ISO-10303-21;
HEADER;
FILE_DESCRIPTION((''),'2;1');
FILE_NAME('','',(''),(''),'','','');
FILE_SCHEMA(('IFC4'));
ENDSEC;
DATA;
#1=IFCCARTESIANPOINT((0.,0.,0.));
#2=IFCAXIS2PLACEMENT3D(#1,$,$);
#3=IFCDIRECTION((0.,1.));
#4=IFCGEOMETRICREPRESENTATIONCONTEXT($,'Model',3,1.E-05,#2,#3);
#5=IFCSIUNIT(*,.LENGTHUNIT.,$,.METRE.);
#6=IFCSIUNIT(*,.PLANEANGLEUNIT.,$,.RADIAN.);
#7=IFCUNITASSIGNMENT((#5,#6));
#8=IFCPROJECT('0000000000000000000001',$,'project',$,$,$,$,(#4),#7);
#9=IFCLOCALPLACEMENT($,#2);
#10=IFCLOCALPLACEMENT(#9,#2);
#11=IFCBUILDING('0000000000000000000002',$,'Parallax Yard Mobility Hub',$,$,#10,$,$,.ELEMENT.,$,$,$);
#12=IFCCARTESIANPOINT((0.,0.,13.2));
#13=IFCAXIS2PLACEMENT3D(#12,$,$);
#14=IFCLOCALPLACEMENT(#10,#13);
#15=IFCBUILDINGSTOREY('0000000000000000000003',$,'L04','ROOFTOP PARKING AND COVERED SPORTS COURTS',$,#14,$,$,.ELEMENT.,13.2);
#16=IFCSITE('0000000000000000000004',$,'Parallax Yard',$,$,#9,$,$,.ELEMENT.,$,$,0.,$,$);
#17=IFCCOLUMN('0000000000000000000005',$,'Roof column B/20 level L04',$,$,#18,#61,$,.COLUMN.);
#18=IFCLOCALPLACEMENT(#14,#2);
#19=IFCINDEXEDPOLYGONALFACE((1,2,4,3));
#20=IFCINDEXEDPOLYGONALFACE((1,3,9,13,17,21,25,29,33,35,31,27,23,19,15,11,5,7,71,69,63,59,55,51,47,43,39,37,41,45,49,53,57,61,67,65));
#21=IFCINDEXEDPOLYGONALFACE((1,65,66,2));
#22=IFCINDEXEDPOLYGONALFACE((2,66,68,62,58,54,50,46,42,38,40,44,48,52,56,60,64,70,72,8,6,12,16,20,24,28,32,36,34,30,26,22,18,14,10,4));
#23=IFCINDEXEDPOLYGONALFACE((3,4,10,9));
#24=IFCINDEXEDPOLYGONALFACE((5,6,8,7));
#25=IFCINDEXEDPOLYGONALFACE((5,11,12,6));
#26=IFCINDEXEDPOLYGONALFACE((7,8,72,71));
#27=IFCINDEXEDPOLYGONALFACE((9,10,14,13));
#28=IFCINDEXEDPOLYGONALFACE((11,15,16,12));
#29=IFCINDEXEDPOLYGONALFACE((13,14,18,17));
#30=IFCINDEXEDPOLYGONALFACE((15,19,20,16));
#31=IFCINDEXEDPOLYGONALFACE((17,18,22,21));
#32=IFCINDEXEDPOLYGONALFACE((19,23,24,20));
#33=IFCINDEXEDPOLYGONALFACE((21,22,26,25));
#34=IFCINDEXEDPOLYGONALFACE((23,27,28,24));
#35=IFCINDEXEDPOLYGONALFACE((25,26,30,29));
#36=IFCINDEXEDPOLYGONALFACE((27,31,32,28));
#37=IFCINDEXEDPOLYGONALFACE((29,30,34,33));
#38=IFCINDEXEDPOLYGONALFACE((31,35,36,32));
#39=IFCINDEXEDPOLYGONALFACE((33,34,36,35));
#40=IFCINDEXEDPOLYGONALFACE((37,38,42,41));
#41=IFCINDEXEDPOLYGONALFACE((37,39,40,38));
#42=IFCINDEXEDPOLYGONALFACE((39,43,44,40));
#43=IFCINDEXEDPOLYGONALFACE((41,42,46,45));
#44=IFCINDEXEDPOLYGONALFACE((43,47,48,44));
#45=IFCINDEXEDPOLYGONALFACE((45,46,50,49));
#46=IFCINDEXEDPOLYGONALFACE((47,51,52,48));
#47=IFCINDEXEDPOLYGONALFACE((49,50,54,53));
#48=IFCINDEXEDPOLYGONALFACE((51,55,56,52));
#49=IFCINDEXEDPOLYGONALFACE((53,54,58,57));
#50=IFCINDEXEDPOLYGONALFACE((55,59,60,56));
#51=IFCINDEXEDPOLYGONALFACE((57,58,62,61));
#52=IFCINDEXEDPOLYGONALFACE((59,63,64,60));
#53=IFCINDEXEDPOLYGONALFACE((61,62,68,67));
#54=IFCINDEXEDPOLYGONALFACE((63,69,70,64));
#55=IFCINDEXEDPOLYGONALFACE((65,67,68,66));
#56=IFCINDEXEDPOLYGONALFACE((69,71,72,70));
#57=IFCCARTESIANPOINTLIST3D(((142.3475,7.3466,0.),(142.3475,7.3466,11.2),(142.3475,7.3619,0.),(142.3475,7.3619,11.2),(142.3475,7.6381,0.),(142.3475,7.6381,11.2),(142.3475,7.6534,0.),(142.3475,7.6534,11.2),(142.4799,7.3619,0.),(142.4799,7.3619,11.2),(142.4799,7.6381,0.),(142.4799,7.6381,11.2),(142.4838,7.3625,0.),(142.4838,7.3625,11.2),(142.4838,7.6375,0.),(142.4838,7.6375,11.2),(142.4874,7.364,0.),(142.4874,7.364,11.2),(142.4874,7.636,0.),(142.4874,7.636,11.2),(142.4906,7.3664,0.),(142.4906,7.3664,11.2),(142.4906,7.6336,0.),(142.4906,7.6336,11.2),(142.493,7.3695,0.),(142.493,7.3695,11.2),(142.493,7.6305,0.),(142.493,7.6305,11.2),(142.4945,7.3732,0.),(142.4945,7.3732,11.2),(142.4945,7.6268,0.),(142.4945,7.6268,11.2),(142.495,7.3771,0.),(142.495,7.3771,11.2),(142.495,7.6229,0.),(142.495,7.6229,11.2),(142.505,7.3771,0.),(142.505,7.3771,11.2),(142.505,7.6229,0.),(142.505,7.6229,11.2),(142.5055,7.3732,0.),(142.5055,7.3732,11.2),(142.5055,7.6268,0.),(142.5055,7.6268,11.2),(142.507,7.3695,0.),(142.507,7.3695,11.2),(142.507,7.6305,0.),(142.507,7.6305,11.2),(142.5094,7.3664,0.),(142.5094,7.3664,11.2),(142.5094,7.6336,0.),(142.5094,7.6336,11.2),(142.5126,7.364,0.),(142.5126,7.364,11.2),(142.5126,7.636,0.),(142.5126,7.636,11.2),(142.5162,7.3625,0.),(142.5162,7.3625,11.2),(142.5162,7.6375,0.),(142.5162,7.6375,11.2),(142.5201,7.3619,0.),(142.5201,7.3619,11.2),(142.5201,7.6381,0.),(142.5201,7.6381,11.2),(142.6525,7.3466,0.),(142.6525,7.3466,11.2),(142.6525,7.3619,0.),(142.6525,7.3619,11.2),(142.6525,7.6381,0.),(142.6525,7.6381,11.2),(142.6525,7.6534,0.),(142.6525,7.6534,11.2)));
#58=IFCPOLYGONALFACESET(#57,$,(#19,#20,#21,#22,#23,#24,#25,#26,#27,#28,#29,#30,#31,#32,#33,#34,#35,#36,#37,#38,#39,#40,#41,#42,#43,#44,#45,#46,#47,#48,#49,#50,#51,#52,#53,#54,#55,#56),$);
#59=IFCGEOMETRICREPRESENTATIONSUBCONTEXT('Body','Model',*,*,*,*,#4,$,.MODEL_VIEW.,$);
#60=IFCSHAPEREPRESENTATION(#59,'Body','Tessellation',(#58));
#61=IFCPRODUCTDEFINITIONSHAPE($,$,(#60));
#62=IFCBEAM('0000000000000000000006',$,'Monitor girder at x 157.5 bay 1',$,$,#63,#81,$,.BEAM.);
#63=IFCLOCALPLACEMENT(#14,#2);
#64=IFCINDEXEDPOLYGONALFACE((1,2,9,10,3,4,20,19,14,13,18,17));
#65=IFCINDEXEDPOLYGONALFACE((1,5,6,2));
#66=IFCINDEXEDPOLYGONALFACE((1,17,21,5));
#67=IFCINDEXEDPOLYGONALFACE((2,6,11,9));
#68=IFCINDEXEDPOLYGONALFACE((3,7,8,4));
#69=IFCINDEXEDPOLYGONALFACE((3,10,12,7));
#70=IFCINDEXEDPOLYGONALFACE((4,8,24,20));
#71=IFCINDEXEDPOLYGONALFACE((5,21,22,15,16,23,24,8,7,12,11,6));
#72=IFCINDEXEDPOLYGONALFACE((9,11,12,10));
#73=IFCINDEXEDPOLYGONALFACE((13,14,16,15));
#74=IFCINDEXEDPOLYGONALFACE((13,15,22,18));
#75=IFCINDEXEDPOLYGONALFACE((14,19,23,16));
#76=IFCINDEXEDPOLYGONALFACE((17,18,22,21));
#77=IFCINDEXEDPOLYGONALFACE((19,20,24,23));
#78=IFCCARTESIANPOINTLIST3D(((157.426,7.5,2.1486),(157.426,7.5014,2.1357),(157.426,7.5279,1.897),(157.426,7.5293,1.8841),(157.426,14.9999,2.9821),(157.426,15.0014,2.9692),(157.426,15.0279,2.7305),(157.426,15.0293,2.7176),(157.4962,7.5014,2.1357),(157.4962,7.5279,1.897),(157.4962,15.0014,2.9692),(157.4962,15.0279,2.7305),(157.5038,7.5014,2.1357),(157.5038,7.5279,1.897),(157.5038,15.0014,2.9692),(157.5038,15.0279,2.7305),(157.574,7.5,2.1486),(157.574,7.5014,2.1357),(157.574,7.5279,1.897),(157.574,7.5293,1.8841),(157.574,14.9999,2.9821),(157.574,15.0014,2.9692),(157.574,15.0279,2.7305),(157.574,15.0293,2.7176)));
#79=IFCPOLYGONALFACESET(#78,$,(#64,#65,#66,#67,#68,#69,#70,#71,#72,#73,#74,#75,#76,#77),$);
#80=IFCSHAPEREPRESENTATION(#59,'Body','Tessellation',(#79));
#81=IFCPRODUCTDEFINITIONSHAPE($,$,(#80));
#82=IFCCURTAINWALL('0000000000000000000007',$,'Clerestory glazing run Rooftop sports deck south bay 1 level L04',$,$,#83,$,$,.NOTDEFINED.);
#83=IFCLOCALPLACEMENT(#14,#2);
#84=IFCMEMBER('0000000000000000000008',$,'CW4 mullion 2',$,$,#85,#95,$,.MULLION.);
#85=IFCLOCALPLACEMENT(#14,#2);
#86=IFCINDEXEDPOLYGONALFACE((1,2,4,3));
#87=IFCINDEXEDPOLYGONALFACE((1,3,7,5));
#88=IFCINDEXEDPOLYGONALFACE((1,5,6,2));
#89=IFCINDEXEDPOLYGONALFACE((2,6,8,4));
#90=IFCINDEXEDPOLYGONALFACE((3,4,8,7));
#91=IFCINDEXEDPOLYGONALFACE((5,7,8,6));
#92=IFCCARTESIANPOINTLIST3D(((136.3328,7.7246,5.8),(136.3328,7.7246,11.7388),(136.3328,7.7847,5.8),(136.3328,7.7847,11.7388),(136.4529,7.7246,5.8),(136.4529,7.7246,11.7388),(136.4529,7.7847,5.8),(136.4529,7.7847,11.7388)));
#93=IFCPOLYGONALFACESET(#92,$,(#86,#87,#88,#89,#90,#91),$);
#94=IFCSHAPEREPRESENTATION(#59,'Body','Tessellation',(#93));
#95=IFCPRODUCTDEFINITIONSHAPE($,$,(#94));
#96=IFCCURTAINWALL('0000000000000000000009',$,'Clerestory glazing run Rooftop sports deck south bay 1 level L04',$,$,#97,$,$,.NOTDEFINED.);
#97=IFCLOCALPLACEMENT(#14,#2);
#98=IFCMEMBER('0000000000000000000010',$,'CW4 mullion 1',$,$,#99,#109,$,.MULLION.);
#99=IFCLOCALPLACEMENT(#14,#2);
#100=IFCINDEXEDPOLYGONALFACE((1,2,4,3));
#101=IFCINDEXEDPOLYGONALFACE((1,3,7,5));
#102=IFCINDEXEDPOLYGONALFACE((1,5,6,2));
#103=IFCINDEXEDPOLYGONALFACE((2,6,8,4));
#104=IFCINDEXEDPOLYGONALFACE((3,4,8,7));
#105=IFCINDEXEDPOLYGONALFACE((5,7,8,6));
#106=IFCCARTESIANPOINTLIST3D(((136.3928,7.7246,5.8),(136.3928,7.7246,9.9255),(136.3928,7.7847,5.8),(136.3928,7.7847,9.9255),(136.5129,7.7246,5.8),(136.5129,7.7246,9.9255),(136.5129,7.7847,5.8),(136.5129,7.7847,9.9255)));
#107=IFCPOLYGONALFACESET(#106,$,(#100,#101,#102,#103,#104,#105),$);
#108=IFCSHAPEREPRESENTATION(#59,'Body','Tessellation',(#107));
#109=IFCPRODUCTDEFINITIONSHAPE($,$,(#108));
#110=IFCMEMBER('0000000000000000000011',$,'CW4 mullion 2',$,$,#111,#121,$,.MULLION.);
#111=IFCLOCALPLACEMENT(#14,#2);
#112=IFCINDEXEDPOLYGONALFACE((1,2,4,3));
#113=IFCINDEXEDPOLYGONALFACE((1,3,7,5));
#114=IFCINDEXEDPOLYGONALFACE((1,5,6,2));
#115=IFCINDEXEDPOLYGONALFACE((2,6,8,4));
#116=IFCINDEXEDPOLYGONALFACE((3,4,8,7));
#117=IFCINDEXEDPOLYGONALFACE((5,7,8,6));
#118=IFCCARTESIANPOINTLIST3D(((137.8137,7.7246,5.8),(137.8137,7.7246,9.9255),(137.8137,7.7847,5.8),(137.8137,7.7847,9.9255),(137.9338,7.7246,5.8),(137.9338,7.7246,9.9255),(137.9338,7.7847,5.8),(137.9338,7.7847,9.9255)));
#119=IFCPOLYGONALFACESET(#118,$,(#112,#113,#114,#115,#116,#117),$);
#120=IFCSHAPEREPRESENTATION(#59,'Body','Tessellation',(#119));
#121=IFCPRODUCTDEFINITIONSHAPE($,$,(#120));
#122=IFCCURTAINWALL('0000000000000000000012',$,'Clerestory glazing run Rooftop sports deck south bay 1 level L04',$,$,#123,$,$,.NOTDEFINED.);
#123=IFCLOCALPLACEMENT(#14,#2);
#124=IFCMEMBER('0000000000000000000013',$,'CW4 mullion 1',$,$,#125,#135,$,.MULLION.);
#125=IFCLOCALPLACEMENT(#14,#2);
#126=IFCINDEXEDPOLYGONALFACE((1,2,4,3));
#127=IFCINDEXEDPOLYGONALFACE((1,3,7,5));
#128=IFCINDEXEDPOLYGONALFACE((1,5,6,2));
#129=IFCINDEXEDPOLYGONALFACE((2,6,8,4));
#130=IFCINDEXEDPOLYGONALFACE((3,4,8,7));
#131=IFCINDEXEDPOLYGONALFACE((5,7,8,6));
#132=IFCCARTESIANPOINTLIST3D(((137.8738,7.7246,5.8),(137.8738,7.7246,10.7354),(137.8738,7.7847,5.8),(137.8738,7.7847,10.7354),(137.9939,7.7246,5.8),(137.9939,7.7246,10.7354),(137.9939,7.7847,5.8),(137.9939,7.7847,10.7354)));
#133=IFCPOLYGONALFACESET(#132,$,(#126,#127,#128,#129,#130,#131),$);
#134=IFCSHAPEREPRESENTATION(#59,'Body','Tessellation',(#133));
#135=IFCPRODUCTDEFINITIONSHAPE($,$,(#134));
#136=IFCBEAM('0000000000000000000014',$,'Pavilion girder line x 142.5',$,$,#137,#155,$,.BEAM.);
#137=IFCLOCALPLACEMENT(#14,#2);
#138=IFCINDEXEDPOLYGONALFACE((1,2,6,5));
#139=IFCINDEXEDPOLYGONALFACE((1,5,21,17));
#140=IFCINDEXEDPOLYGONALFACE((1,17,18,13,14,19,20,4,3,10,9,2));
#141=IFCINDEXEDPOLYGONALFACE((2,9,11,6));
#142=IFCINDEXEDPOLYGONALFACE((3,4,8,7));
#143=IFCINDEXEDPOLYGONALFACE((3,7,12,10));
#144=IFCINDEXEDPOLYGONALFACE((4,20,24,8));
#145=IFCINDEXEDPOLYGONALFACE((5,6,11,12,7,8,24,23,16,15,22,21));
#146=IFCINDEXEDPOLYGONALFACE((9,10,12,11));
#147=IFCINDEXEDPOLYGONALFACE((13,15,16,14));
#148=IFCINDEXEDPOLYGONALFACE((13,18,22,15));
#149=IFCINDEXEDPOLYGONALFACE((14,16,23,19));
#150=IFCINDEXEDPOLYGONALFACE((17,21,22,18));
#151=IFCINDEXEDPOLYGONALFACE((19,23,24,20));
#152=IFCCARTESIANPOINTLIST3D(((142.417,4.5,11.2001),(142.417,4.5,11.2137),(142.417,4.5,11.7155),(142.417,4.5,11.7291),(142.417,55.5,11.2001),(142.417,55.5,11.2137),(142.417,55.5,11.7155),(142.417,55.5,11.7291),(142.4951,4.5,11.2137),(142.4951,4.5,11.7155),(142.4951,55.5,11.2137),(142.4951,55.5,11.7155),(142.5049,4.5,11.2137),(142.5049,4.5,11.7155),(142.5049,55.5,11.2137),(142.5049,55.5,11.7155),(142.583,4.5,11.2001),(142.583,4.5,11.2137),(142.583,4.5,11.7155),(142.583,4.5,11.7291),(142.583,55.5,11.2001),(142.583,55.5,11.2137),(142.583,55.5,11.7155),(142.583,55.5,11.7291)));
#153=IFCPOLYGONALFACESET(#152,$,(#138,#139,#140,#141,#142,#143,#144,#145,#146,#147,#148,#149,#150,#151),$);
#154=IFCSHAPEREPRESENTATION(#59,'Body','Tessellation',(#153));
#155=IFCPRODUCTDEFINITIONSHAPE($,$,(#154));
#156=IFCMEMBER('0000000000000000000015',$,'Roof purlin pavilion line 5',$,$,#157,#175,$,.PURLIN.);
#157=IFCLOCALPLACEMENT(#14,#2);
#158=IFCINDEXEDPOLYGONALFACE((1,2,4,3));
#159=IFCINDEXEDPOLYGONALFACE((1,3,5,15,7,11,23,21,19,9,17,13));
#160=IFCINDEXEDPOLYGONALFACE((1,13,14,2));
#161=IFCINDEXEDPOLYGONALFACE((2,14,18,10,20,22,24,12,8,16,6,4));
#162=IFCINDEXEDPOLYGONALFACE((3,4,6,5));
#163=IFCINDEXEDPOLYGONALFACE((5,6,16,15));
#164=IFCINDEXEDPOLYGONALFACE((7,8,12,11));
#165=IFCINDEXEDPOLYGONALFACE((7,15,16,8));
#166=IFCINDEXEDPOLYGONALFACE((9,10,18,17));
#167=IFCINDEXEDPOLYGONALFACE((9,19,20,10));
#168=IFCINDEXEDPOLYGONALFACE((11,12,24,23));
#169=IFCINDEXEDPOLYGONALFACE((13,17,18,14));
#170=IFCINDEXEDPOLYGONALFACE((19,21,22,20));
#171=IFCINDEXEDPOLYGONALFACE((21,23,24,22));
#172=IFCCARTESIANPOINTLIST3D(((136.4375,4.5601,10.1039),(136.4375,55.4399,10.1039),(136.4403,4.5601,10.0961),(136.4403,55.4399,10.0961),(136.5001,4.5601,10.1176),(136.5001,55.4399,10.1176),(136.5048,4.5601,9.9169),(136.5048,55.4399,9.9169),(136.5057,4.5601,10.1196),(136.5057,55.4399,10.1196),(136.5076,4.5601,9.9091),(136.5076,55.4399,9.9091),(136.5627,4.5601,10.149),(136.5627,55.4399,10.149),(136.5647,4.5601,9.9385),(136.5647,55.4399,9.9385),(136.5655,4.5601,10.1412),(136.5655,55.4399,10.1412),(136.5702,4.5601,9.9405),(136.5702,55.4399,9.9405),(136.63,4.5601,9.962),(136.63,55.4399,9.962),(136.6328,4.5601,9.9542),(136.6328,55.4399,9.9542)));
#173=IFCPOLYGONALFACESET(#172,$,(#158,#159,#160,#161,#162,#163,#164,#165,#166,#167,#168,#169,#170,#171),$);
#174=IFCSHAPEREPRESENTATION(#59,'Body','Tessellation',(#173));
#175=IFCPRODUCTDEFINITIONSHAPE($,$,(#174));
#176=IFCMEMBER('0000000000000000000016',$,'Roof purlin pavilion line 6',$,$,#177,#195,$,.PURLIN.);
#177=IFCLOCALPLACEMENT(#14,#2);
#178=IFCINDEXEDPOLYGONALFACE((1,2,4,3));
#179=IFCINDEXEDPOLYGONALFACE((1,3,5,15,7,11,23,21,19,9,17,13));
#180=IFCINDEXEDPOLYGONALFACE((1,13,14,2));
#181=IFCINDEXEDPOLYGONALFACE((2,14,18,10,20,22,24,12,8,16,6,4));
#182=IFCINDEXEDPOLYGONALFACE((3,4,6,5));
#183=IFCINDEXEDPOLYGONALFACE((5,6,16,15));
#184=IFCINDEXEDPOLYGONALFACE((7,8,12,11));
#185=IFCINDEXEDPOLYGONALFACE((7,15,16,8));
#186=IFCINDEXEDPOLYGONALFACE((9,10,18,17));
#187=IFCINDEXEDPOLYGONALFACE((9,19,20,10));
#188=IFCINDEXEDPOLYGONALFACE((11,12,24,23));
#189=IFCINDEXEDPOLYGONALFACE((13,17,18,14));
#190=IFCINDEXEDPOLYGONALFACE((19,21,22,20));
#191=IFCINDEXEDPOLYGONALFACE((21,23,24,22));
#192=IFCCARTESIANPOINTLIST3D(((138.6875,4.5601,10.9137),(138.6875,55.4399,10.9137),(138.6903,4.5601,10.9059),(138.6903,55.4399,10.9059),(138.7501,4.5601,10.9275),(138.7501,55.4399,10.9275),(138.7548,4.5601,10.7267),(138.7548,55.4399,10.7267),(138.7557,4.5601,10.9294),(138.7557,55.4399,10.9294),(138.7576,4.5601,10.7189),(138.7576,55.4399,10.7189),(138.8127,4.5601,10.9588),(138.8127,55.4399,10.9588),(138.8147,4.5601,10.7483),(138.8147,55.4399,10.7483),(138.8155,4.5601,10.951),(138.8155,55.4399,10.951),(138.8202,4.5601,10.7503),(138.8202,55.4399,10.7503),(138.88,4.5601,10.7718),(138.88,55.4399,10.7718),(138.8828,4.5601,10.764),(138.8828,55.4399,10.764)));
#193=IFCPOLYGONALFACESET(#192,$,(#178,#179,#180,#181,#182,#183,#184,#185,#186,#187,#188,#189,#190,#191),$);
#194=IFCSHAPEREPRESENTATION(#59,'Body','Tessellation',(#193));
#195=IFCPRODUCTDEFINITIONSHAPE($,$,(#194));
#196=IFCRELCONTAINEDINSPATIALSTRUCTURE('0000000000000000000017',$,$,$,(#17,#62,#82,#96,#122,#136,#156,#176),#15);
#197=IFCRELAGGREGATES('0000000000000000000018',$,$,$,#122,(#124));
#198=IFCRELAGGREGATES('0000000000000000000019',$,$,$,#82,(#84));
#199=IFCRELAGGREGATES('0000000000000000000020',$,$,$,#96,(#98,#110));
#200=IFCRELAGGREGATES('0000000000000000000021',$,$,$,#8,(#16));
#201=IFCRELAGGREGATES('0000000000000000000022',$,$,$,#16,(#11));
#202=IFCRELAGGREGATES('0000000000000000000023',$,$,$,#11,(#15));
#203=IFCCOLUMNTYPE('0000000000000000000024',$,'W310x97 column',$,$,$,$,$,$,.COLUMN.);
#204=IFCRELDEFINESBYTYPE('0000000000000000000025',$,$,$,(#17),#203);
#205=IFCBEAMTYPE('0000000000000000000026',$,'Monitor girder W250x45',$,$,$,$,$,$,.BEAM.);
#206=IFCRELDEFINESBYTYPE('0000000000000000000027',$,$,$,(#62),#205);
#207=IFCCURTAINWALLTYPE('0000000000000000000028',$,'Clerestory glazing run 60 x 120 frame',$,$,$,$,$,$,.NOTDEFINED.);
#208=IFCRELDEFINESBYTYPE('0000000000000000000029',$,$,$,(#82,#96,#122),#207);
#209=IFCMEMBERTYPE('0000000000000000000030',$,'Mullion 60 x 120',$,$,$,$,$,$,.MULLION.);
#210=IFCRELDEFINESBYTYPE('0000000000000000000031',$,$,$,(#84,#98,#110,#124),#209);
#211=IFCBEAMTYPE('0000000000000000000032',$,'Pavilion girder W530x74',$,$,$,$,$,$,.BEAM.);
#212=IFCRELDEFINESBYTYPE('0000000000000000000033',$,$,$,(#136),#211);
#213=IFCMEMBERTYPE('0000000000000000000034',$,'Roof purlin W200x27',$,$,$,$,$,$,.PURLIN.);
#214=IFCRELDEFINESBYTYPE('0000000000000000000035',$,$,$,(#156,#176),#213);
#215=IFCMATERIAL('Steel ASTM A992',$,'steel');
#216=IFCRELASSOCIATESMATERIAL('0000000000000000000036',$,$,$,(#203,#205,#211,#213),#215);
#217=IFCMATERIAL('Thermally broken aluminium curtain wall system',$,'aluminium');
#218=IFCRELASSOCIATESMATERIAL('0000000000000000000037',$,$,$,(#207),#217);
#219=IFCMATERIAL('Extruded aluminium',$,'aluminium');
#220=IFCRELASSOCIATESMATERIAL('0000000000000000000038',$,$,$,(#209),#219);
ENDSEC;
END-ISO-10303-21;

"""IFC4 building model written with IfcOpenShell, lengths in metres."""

from ifc_helpers import new_model, si_unit, direction, frame, origin, origin_2d, place, context, subcontext, project, spatial, rectangle, i_section, extrude, material, material_profile, profile_set, type_object, element, aggregate, save


model = new_model("IFC4")

# Units and contexts
model_context = context("Model", 3, precision=1e-05, world=origin(), true_north=direction((0.0, 1.0)))
body_context = subcontext(model_context, "Body", "Model", "MODEL_VIEW")
ifc_project = project(units=[si_unit("LENGTHUNIT", "METRE"), si_unit("PLANEANGLEUNIT", "RADIAN")], contexts=[model_context])

# Site, building, storey
site_placement = place(None, origin())
site = spatial("IfcSite", under=ifc_project, at=site_placement, Name="Parallax Yard", CompositionType="ELEMENT", RefElevation=0.0)
building_placement = place(site_placement, origin())
building = spatial("IfcBuilding", under=site, at=building_placement, Name="Parallax Yard Mobility Hub", CompositionType="ELEMENT")
storey_placement = place(building_placement, frame((0.0, 0.0, 13.2)))
storey = spatial("IfcBuildingStorey", under=building, at=storey_placement, Name="L04", Description="ROOFTOP PARKING AND COVERED SPORTS COURTS", CompositionType="ELEMENT", Elevation=13.2)

# Column
ifc_material_1 = material(Name="Steel ASTM A992", Category="steel")
ifc_material_profile_1 = material_profile(ifc_material_1, i_section(OverallWidth=0.3049, OverallDepth=0.3069, WebThickness=0.01, FlangeThickness=0.0154, FilletRadius=0.0151, at=origin_2d()), Name="W310x97")
ifc_profile_set_1 = profile_set([ifc_material_profile_1], Name="Steel ASTM A992")
column_type = type_object("IfcColumnType", Name="W310x97 column", PredefinedType="COLUMN", material=ifc_profile_set_1)
column_placement = place(storey_placement, frame((142.5, 7.5, 0.0), z_axis=(0.0, 0.0, 1.0), x_axis=(1.0, 0.0, 0.0)))
element("IfcColumn", 1, at=column_placement, inside=storey, type_object=column_type, Name="Roof column B/20 level L04", PredefinedType="COLUMN", context=body_context, shape_type="SweptSolid", body=[
    extrude(i_section(OverallWidth=0.3049, OverallDepth=0.3069, WebThickness=0.01, FlangeThickness=0.0154, FilletRadius=0.0151, at=origin_2d()), origin(), (0.0, 0.0, 1.0), 11.2),
])

# Beam
ifc_material_profile_2 = material_profile(ifc_material_1, i_section(OverallWidth=0.1479, OverallDepth=0.2661, WebThickness=0.0076, FlangeThickness=0.0129, at=origin_2d()), Name="W250x45")
ifc_profile_set_2 = profile_set([ifc_material_profile_2], Name="Steel ASTM A992")
beam_type_1 = type_object("IfcBeamType", Name="Monitor girder W250x45", PredefinedType="BEAM", material=ifc_profile_set_2)
beam_1_placement = place(storey_placement, frame((157.5, 7.5146, 2.0164), z_axis=(0.0, 0.993881, 0.110453), x_axis=(-1.0, 0.0, 0.0)))
element("IfcBeam", 2, at=beam_1_placement, inside=storey, type_object=beam_type_1, Name="Monitor girder at x 157.5 bay 1", PredefinedType="BEAM", context=body_context, shape_type="SweptSolid", body=[
    extrude(i_section(OverallWidth=0.1479, OverallDepth=0.2661, WebThickness=0.0076, FlangeThickness=0.0129, at=origin_2d()), origin(), (0.0, 0.0, 1.0), 7.5461),
])

# Curtain wall, member
ifc_material_2 = material(Name="Thermally broken aluminium curtain wall system", Category="aluminium")
curtain_wall_type = type_object("IfcCurtainWallType", Name="Clerestory glazing run 60 x 120 frame", PredefinedType="NOTDEFINED", material=ifc_material_2)
curtain_wall_1_placement = place(storey_placement, origin())
curtain_wall_1 = element("IfcCurtainWall", 3, at=curtain_wall_1_placement, inside=storey, type_object=curtain_wall_type, Name="Clerestory glazing run Rooftop sports deck south bay 1 level L04", PredefinedType="NOTDEFINED")
ifc_material_3 = material(Name="Extruded aluminium", Category="aluminium")
ifc_material_profile_3 = material_profile(ifc_material_3, rectangle(XDim=0.0601, YDim=0.1201, at=origin_2d()), Name="Mullion 60 x 120")
ifc_profile_set_3 = profile_set([ifc_material_profile_3], Name="Extruded aluminium")
member_type_1 = type_object("IfcMemberType", Name="Mullion 60 x 120", PredefinedType="MULLION", material=ifc_profile_set_3)
member_1_placement = place(storey_placement, frame((136.3928, 7.7546, 5.8), z_axis=(0.0, 0.0, 1.0), x_axis=(0.0, 1.0, 0.0)))
member_1 = element("IfcMember", 4, at=member_1_placement, type_object=member_type_1, Name="CW4 mullion 2", PredefinedType="MULLION", context=body_context, shape_type="SweptSolid", body=[
    extrude(rectangle(XDim=0.0601, YDim=0.1201, at=origin_2d()), origin(), (0.0, 0.0, 1.0), 5.9387),
])

# Curtain wall, members
curtain_wall_2_placement = place(storey_placement, origin())
curtain_wall_2 = element("IfcCurtainWall", 5, at=curtain_wall_2_placement, inside=storey, type_object=curtain_wall_type, Name="Clerestory glazing run Rooftop sports deck south bay 1 level L04", PredefinedType="NOTDEFINED")
member_2_placement = place(storey_placement, frame((136.4529, 7.7546, 5.8), z_axis=(0.0, 0.0, 1.0), x_axis=(0.0, 1.0, 0.0)))
member_2 = element("IfcMember", 6, at=member_2_placement, type_object=member_type_1, Name="CW4 mullion 1", PredefinedType="MULLION", context=body_context, shape_type="SweptSolid", body=[
    extrude(rectangle(XDim=0.0601, YDim=0.1201, at=origin_2d()), origin(), (0.0, 0.0, 1.0), 4.1255),
])
member_3_placement = place(storey_placement, frame((137.8738, 7.7546, 5.8), z_axis=(0.0, 0.0, 1.0), x_axis=(0.0, 1.0, 0.0)))
member_3 = element("IfcMember", 7, at=member_3_placement, type_object=member_type_1, Name="CW4 mullion 2", PredefinedType="MULLION", context=body_context, shape_type="SweptSolid", body=[
    extrude(rectangle(XDim=0.0601, YDim=0.1201, at=origin_2d()), origin(), (0.0, 0.0, 1.0), 4.1255),
])

# Curtain wall, member
curtain_wall_3_placement = place(storey_placement, origin())
curtain_wall_3 = element("IfcCurtainWall", 8, at=curtain_wall_3_placement, inside=storey, type_object=curtain_wall_type, Name="Clerestory glazing run Rooftop sports deck south bay 1 level L04", PredefinedType="NOTDEFINED")
member_4_placement = place(storey_placement, frame((137.9338, 7.7546, 5.8), z_axis=(0.0, 0.0, 1.0), x_axis=(0.0, 1.0, 0.0)))
member_4 = element("IfcMember", 9, at=member_4_placement, type_object=member_type_1, Name="CW4 mullion 1", PredefinedType="MULLION", context=body_context, shape_type="SweptSolid", body=[
    extrude(rectangle(XDim=0.0601, YDim=0.1201, at=origin_2d()), origin(), (0.0, 0.0, 1.0), 4.9353),
])

# Beam
ifc_material_profile_4 = material_profile(ifc_material_1, i_section(OverallWidth=0.166, OverallDepth=0.5291, WebThickness=0.0098, FlangeThickness=0.0137, at=origin_2d()), Name="W530x74")
ifc_profile_set_4 = profile_set([ifc_material_profile_4], Name="Steel ASTM A992")
beam_type_2 = type_object("IfcBeamType", Name="Pavilion girder W530x74", PredefinedType="BEAM", material=ifc_profile_set_4)
beam_2_placement = place(storey_placement, frame((142.5, 4.5, 11.4646), z_axis=(0.0, 1.0, 0.0), x_axis=(-1.0, 0.0, 0.0)))
element("IfcBeam", 10, at=beam_2_placement, inside=storey, type_object=beam_type_2, Name="Pavilion girder line x 142.5", PredefinedType="BEAM", context=body_context, shape_type="SweptSolid", body=[
    extrude(i_section(OverallWidth=0.166, OverallDepth=0.5291, WebThickness=0.0098, FlangeThickness=0.0137, at=origin_2d()), origin(), (0.0, 0.0, 1.0), 51.0),
])

# Members
ifc_material_profile_5 = material_profile(ifc_material_1, i_section(OverallWidth=0.1331, OverallDepth=0.207, WebThickness=0.0059, FlangeThickness=0.0083, at=origin_2d()), Name="W200x27")
ifc_profile_set_5 = profile_set([ifc_material_profile_5], Name="Steel ASTM A992")
member_type_2 = type_object("IfcMemberType", Name="Roof purlin W200x27", PredefinedType="PURLIN", material=ifc_profile_set_5)
for number, where, z_axis, x_axis, name in (
    (11, (136.5352, 4.5601, 10.0291), (0.0, 1.0, 0.0), (-0.940887, 0.0, -0.33872), "Roof purlin pavilion line 5"),
    (12, (138.7852, 4.5601, 10.8389), (0.0, 1.0, 0.0), (-0.940887, 0.0, -0.33872), "Roof purlin pavilion line 6"),
):
    element("IfcMember", number, at=place(storey_placement, frame(where, z_axis=z_axis, x_axis=x_axis)), inside=storey, type_object=member_type_2, Name=name, PredefinedType="PURLIN", context=body_context, shape_type="SweptSolid", body=[
        extrude(i_section(OverallWidth=0.1331, OverallDepth=0.207, WebThickness=0.0059, FlangeThickness=0.0083, at=origin_2d()), origin(), (0.0, 0.0, 1.0), 50.8799),
    ])

aggregate(curtain_wall_3, [member_4])

aggregate(curtain_wall_1, [member_1])
aggregate(curtain_wall_2, [member_2, member_3])

save(model, "model.ifc")
